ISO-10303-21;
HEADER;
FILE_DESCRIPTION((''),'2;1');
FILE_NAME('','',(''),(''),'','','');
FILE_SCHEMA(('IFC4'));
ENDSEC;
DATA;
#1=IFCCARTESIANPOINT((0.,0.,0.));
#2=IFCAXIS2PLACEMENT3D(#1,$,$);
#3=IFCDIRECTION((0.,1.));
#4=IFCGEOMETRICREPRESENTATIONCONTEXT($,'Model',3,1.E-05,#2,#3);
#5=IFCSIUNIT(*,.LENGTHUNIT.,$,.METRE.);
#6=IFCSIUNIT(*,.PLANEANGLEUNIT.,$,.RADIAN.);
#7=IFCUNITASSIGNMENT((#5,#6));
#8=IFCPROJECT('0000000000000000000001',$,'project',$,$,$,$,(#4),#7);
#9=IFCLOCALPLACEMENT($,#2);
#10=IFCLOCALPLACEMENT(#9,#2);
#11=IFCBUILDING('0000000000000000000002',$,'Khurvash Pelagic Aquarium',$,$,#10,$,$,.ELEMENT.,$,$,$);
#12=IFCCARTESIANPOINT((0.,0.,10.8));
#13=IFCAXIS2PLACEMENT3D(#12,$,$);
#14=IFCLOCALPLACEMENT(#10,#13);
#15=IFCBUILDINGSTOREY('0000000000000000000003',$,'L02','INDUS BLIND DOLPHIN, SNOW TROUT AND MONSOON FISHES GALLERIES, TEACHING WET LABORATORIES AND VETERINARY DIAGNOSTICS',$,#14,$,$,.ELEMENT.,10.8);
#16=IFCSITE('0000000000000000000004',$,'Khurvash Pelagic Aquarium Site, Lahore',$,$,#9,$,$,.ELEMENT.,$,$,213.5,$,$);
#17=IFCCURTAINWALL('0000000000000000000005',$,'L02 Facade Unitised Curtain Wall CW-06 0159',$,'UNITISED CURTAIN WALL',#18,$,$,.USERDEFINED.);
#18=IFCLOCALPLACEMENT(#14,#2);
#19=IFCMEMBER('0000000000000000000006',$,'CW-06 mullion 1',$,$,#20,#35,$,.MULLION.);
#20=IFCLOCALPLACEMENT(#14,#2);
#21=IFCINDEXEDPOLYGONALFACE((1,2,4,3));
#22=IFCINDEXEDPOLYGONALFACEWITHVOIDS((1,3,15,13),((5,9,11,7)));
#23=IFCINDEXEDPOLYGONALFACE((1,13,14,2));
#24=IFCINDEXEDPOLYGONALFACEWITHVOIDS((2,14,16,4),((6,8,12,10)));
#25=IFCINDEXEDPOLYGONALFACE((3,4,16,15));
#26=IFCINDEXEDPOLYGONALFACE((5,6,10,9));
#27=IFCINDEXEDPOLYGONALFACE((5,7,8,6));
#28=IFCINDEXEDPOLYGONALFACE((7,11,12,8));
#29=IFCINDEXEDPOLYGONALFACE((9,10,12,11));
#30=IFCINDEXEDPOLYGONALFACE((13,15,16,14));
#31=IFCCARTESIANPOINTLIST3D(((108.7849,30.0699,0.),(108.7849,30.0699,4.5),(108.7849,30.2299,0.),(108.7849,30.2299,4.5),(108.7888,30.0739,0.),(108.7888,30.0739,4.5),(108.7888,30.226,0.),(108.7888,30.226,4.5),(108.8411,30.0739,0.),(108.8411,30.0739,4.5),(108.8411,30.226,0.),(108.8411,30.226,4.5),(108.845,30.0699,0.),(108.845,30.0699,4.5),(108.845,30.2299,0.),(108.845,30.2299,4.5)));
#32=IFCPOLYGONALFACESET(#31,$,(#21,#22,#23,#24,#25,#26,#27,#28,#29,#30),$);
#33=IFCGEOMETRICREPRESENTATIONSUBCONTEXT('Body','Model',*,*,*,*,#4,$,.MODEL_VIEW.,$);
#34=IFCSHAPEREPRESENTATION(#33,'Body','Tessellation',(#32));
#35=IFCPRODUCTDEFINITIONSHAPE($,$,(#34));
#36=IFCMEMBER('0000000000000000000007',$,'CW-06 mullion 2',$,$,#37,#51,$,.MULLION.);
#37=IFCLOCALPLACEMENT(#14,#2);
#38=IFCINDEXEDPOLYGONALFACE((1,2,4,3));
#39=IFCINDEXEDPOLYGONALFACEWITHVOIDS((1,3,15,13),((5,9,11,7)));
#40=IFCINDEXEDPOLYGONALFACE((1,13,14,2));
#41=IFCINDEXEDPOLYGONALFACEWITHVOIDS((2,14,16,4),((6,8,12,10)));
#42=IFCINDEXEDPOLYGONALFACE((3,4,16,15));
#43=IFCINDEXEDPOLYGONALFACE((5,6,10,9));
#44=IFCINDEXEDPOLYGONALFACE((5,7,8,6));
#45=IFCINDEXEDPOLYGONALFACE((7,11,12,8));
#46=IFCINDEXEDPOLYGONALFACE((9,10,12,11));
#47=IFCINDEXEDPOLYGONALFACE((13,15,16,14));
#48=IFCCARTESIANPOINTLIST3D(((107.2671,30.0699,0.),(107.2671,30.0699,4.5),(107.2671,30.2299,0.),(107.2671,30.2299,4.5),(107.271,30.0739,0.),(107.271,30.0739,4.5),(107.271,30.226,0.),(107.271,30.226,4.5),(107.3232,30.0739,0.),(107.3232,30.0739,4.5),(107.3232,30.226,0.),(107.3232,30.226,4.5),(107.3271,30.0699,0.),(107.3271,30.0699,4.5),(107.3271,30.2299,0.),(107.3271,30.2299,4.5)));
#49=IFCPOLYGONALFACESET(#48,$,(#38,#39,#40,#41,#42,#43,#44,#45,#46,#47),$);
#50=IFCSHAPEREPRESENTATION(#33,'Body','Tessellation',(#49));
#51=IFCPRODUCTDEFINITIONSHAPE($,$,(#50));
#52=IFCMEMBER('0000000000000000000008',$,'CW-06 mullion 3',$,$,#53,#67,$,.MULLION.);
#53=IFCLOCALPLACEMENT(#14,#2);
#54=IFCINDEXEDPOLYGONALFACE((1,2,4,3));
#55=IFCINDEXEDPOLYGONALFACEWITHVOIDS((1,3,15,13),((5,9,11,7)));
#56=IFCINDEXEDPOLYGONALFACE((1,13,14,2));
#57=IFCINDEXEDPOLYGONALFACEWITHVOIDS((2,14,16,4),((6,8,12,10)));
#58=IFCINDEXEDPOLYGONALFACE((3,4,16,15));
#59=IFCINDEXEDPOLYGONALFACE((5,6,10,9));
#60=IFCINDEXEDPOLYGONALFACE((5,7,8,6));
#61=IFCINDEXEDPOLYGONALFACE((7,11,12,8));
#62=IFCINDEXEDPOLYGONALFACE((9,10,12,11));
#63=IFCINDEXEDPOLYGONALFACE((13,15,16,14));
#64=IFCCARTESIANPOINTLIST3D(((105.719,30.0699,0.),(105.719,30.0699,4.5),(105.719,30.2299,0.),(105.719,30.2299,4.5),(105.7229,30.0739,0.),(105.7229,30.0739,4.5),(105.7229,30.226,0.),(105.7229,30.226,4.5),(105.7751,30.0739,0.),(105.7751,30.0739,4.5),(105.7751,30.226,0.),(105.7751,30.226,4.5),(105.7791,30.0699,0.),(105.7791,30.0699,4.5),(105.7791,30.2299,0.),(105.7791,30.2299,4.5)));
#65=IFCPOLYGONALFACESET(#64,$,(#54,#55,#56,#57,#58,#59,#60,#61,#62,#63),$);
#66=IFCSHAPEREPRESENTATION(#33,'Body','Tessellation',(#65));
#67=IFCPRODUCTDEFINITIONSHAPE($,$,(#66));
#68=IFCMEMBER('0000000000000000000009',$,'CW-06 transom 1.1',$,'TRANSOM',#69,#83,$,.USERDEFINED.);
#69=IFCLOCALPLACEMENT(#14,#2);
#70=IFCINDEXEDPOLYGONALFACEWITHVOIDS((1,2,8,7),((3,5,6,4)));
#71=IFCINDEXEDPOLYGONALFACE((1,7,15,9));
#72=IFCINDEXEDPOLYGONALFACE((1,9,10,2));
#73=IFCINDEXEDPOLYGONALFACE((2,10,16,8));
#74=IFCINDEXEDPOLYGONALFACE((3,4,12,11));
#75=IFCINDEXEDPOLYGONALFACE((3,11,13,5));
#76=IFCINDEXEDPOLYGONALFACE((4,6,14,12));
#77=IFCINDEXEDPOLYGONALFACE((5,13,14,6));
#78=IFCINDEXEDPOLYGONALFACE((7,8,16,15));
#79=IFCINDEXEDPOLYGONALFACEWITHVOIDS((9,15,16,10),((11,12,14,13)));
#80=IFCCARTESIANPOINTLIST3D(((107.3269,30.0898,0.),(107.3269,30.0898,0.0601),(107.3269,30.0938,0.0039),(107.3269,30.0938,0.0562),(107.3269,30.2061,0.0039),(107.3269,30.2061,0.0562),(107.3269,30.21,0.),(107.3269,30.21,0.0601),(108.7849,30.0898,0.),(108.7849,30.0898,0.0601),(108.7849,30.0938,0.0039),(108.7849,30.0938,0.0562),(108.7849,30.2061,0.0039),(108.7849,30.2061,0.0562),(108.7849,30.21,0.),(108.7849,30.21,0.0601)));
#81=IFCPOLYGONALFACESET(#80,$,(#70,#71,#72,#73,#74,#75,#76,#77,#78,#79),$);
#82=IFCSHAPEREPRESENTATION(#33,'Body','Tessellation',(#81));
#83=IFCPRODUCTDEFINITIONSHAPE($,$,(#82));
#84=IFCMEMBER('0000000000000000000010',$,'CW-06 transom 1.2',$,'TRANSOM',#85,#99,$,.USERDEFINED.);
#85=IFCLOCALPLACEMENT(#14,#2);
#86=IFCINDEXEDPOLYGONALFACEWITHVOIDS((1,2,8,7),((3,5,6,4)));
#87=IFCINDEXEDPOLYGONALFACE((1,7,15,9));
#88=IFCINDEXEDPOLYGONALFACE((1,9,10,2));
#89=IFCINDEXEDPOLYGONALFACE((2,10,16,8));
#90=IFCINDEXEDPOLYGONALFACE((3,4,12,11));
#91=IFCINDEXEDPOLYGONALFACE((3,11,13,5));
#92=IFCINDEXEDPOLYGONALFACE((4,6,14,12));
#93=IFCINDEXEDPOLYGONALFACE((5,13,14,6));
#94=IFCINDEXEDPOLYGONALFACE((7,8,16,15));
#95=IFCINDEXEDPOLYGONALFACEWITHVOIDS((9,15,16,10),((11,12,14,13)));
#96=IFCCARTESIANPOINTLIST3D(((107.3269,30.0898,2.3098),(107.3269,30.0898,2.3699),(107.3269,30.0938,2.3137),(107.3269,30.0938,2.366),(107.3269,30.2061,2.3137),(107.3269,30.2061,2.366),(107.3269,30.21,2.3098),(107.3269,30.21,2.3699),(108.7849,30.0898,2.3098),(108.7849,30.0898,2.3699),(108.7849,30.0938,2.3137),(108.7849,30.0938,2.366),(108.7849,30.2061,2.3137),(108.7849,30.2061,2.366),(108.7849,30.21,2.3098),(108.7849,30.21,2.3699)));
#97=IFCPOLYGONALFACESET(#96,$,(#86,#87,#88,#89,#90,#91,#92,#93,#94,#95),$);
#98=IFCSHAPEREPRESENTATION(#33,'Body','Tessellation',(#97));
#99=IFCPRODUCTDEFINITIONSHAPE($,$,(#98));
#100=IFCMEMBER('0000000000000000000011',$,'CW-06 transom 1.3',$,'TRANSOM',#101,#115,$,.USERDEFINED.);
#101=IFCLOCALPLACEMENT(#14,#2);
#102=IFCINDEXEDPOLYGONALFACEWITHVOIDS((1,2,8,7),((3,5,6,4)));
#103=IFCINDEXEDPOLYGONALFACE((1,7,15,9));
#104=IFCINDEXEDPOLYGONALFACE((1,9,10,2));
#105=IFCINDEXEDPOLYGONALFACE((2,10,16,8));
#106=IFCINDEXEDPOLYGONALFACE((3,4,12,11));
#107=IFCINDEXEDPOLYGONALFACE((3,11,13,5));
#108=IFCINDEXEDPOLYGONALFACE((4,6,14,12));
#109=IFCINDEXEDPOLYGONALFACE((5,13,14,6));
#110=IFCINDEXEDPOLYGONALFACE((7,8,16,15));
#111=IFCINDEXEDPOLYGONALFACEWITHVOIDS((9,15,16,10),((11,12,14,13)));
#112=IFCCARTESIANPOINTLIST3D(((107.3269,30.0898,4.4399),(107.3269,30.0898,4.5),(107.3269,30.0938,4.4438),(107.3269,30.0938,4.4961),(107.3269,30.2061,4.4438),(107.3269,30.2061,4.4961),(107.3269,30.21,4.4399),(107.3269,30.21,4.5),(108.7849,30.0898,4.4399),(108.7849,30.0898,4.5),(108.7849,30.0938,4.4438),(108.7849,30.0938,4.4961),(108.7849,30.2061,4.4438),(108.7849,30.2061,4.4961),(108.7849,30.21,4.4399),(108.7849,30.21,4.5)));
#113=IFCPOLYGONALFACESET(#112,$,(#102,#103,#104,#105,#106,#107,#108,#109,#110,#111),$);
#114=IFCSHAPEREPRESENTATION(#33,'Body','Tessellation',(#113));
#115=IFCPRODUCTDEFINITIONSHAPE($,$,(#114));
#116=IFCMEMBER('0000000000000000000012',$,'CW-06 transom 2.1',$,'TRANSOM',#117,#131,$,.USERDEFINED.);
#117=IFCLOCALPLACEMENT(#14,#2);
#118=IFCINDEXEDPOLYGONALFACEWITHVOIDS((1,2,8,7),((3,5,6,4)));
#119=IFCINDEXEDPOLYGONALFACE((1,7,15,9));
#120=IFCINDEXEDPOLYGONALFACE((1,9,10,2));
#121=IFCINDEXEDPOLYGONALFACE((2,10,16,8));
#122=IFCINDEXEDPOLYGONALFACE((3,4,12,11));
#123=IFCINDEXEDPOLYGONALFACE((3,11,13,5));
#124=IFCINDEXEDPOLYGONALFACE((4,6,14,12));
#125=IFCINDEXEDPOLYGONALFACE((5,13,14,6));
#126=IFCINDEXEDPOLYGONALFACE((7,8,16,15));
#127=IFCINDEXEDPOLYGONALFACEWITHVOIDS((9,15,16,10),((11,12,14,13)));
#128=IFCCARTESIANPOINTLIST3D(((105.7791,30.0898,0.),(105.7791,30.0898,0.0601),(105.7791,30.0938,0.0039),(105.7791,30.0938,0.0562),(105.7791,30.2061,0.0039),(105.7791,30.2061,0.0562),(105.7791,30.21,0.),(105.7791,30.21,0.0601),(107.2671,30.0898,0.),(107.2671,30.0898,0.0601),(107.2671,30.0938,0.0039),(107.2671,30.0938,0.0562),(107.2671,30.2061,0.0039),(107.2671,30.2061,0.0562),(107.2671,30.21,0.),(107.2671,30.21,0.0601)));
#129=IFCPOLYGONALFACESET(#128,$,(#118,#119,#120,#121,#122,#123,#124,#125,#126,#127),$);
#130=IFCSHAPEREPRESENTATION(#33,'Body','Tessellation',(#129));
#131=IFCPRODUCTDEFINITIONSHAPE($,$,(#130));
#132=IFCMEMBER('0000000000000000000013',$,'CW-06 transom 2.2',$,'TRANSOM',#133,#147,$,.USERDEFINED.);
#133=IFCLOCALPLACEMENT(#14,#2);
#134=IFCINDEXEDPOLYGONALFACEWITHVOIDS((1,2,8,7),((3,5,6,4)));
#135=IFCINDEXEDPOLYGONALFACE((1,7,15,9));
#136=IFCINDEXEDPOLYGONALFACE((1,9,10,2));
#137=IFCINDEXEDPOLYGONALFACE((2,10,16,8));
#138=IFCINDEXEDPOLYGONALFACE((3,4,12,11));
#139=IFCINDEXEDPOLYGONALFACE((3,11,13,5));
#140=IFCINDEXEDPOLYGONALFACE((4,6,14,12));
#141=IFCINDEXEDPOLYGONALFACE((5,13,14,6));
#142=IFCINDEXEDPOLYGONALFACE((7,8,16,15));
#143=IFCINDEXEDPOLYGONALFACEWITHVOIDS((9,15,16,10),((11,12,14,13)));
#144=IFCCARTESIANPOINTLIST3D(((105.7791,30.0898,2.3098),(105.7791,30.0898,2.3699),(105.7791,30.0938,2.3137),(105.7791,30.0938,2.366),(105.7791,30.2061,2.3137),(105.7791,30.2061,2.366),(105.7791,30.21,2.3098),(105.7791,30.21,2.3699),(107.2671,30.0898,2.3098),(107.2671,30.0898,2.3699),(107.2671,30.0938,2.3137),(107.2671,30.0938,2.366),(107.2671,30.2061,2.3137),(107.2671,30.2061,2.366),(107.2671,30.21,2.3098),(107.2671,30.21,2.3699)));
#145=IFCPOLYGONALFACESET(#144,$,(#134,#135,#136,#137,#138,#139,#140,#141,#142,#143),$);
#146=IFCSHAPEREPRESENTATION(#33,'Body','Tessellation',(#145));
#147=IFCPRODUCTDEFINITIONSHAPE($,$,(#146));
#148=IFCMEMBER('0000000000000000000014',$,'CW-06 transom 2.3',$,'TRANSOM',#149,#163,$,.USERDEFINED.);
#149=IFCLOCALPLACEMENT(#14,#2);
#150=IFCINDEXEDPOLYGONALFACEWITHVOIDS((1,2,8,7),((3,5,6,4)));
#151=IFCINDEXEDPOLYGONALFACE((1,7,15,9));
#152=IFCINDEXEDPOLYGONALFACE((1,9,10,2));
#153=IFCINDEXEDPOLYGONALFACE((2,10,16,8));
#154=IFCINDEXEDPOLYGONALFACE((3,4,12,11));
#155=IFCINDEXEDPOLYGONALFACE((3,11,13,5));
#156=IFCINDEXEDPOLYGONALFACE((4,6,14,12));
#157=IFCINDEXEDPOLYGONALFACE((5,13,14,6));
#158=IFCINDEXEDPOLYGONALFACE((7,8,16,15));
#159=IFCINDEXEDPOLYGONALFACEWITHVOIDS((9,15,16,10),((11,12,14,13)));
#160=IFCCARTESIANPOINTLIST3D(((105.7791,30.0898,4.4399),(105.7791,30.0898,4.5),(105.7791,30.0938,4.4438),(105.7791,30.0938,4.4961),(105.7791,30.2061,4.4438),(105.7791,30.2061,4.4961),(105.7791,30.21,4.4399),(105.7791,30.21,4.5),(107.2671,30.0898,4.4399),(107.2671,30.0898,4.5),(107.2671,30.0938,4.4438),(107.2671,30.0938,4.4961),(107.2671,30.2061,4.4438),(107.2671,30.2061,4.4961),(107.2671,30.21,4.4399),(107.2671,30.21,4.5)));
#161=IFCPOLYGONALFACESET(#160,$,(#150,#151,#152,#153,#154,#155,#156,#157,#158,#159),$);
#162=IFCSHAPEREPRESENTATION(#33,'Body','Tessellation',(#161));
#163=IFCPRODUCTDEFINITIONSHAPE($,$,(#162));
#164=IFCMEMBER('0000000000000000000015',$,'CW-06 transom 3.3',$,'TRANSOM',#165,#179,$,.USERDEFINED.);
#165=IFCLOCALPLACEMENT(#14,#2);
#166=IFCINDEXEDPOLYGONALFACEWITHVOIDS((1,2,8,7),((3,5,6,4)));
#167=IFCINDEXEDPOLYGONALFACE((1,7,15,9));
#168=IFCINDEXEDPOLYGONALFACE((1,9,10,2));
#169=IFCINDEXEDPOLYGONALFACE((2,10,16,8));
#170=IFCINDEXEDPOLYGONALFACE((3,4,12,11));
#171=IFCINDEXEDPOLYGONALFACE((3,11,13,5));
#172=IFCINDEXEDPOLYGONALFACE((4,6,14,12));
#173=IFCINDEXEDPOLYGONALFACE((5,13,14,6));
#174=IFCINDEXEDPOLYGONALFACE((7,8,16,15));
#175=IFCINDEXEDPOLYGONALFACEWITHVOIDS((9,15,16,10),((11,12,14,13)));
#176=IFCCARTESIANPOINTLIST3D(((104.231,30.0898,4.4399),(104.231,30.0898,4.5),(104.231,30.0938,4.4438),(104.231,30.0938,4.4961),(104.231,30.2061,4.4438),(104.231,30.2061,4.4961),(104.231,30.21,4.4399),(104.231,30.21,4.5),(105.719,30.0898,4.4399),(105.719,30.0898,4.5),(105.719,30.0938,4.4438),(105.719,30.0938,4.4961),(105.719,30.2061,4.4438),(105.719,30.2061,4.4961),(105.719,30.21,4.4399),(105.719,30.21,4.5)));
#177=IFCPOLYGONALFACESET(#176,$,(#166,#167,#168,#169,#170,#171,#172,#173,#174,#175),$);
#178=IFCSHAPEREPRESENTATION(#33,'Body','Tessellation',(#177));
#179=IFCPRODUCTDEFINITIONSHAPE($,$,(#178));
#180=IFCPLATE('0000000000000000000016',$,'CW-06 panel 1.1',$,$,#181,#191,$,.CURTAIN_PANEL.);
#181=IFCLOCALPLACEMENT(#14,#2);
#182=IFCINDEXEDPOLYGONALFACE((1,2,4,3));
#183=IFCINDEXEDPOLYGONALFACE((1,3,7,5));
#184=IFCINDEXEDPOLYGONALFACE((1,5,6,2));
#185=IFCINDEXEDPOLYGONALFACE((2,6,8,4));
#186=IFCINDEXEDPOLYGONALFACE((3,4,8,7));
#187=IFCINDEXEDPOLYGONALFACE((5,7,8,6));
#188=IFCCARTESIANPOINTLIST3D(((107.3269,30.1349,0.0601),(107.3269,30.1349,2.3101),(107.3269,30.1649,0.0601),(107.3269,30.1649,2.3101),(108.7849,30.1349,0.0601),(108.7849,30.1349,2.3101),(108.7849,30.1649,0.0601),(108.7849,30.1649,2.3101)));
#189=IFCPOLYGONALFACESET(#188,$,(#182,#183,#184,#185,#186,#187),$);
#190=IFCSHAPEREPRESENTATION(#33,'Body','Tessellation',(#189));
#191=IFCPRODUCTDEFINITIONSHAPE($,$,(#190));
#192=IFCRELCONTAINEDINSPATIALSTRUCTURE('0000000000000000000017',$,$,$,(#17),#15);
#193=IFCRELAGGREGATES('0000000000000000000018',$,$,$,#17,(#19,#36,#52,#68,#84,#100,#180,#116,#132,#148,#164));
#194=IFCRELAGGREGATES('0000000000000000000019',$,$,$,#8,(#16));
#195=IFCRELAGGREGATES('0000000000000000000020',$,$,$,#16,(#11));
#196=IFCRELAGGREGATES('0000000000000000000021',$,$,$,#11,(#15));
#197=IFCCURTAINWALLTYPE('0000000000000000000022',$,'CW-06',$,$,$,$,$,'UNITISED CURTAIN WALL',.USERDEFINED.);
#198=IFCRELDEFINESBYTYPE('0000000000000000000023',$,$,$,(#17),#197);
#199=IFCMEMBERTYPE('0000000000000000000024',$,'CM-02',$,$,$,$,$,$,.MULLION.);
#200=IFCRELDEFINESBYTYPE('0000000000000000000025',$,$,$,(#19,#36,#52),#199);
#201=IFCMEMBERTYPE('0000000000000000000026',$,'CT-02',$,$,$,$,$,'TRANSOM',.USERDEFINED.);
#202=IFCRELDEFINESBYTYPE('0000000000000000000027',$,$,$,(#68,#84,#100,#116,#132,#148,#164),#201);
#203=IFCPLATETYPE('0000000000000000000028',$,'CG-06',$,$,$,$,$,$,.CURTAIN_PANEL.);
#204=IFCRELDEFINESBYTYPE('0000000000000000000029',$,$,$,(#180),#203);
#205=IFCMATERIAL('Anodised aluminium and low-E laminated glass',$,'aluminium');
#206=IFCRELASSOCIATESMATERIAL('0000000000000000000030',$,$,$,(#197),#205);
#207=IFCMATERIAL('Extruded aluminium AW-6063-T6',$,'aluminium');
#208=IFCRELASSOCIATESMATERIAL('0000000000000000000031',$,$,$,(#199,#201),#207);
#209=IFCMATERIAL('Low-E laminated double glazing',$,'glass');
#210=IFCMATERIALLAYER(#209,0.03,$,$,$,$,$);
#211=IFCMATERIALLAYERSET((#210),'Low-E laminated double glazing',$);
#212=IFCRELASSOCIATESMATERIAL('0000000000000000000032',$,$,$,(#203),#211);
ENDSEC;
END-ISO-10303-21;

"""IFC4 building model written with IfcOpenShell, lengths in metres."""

from ifc_helpers import new_model, si_unit, direction, frame, origin, origin_2d, place, context, subcontext, project, spatial, rectangle, hollow_rectangle, extrude, material, layer, layer_set, material_profile, profile_set, type_object, element, aggregate, save


model = new_model("IFC4")

# Units and contexts
model_context = context("Model", 3, precision=1e-05, world=origin(), true_north=direction((0.0, 1.0)))
body_context = subcontext(model_context, "Body", "Model", "MODEL_VIEW")
ifc_project = project(units=[si_unit("LENGTHUNIT", "METRE"), si_unit("PLANEANGLEUNIT", "RADIAN")], contexts=[model_context])

# Site, building, storey
site_placement = place(None, origin())
site = spatial("IfcSite", under=ifc_project, at=site_placement, Name="Khurvash Pelagic Aquarium Site, Lahore", CompositionType="ELEMENT", RefElevation=213.5)
building_placement = place(site_placement, origin())
building = spatial("IfcBuilding", under=site, at=building_placement, Name="Khurvash Pelagic Aquarium", CompositionType="ELEMENT")
storey_placement = place(building_placement, frame((0.0, 0.0, 10.8)))
storey = spatial("IfcBuildingStorey", under=building, at=storey_placement, Name="L02", Description="INDUS BLIND DOLPHIN, SNOW TROUT AND MONSOON FISHES GALLERIES, TEACHING WET LABORATORIES AND VETERINARY DIAGNOSTICS", CompositionType="ELEMENT", Elevation=10.8)

# Curtain wall, members, plate
ifc_material_1 = material(Name="Anodised aluminium and low-E laminated glass", Category="aluminium")
curtain_wall_type = type_object("IfcCurtainWallType", Name="CW-06", ElementType="UNITISED CURTAIN WALL", PredefinedType="USERDEFINED", material=ifc_material_1)
curtain_wall_placement = place(storey_placement, origin())
curtain_wall = element("IfcCurtainWall", 1, at=curtain_wall_placement, inside=storey, type_object=curtain_wall_type, Name="L02 Facade Unitised Curtain Wall CW-06 0159", ObjectType="UNITISED CURTAIN WALL", PredefinedType="USERDEFINED")
ifc_material_2 = material(Name="Extruded aluminium AW-6063-T6", Category="aluminium")
ifc_material_profile_1 = material_profile(ifc_material_2, hollow_rectangle(XDim=0.0601, YDim=0.1599, WallThickness=0.0039, at=origin_2d()), Name="CWM60X160X4")
ifc_profile_set_1 = profile_set([ifc_material_profile_1], Name="Extruded aluminium AW-6063-T6")
member_type_1 = type_object("IfcMemberType", Name="CM-02", PredefinedType="MULLION", material=ifc_profile_set_1)
member_1_placement = place(storey_placement, frame((108.8149, 30.1499, 0.0), z_axis=(0.0, 0.0, 1.0), x_axis=(-1.0, 0.0, 0.0)))
member_1 = element("IfcMember", 2, at=member_1_placement, type_object=member_type_1, Name="CW-06 mullion 1", PredefinedType="MULLION", context=body_context, shape_type="SweptSolid", body=[
    extrude(hollow_rectangle(XDim=0.0601, YDim=0.1599, WallThickness=0.0039, at=origin_2d()), origin(), (0.0, 0.0, 1.0), 4.5),
])
member_2_placement = place(storey_placement, frame((107.2971, 30.1499, 0.0), z_axis=(0.0, 0.0, 1.0), x_axis=(-1.0, 0.0, 0.0)))
member_2 = element("IfcMember", 3, at=member_2_placement, type_object=member_type_1, Name="CW-06 mullion 2", PredefinedType="MULLION", context=body_context, shape_type="SweptSolid", body=[
    extrude(hollow_rectangle(XDim=0.0601, YDim=0.1599, WallThickness=0.0039, at=origin_2d()), origin(), (0.0, 0.0, 1.0), 4.5),
])
member_3_placement = place(storey_placement, frame((105.749, 30.1499, 0.0), z_axis=(0.0, 0.0, 1.0), x_axis=(-1.0, 0.0, 0.0)))
member_3 = element("IfcMember", 4, at=member_3_placement, type_object=member_type_1, Name="CW-06 mullion 3", PredefinedType="MULLION", context=body_context, shape_type="SweptSolid", body=[
    extrude(hollow_rectangle(XDim=0.0601, YDim=0.1599, WallThickness=0.0039, at=origin_2d()), origin(), (0.0, 0.0, 1.0), 4.5),
])
ifc_material_profile_2 = material_profile(ifc_material_2, hollow_rectangle(XDim=0.1201, YDim=0.0601, WallThickness=0.0039, at=origin_2d()), Name="CWT120X60X4")
ifc_profile_set_2 = profile_set([ifc_material_profile_2], Name="Extruded aluminium AW-6063-T6")
member_type_2 = type_object("IfcMemberType", Name="CT-02", ElementType="TRANSOM", PredefinedType="USERDEFINED", material=ifc_profile_set_2)
member_4_placement = place(storey_placement, frame((108.7849, 30.1499, 0.03), z_axis=(-1.0, 0.0, 0.0), x_axis=(0.0, -1.0, 0.0)))
member_4 = element("IfcMember", 5, at=member_4_placement, type_object=member_type_2, Name="CW-06 transom 1.1", ObjectType="TRANSOM", PredefinedType="USERDEFINED", context=body_context, shape_type="SweptSolid", body=[
    extrude(hollow_rectangle(XDim=0.1201, YDim=0.0601, WallThickness=0.0039, at=origin_2d()), origin(), (0.0, 0.0, 1.0), 1.458),
])
member_5_placement = place(storey_placement, frame((108.7849, 30.1499, 2.3398), z_axis=(-1.0, 0.0, 0.0), x_axis=(0.0, -1.0, 0.0)))
member_5 = element("IfcMember", 6, at=member_5_placement, type_object=member_type_2, Name="CW-06 transom 1.2", ObjectType="TRANSOM", PredefinedType="USERDEFINED", context=body_context, shape_type="SweptSolid", body=[
    extrude(hollow_rectangle(XDim=0.1201, YDim=0.0601, WallThickness=0.0039, at=origin_2d()), origin(), (0.0, 0.0, 1.0), 1.458),
])
member_6_placement = place(storey_placement, frame((108.7849, 30.1499, 4.47), z_axis=(-1.0, 0.0, 0.0), x_axis=(0.0, -1.0, 0.0)))
member_6 = element("IfcMember", 7, at=member_6_placement, type_object=member_type_2, Name="CW-06 transom 1.3", ObjectType="TRANSOM", PredefinedType="USERDEFINED", context=body_context, shape_type="SweptSolid", body=[
    extrude(hollow_rectangle(XDim=0.1201, YDim=0.0601, WallThickness=0.0039, at=origin_2d()), origin(), (0.0, 0.0, 1.0), 1.458),
])
member_7_placement = place(storey_placement, frame((107.2671, 30.1499, 0.03), z_axis=(-1.0, 0.0, 0.0), x_axis=(0.0, -1.0, 0.0)))
member_7 = element("IfcMember", 8, at=member_7_placement, type_object=member_type_2, Name="CW-06 transom 2.1", ObjectType="TRANSOM", PredefinedType="USERDEFINED", context=body_context, shape_type="SweptSolid", body=[
    extrude(hollow_rectangle(XDim=0.1201, YDim=0.0601, WallThickness=0.0039, at=origin_2d()), origin(), (0.0, 0.0, 1.0), 1.488),
])
member_8_placement = place(storey_placement, frame((107.2671, 30.1499, 2.3398), z_axis=(-1.0, 0.0, 0.0), x_axis=(0.0, -1.0, 0.0)))
member_8 = element("IfcMember", 9, at=member_8_placement, type_object=member_type_2, Name="CW-06 transom 2.2", ObjectType="TRANSOM", PredefinedType="USERDEFINED", context=body_context, shape_type="SweptSolid", body=[
    extrude(hollow_rectangle(XDim=0.1201, YDim=0.0601, WallThickness=0.0039, at=origin_2d()), origin(), (0.0, 0.0, 1.0), 1.488),
])
member_9_placement = place(storey_placement, frame((107.2671, 30.1499, 4.47), z_axis=(-1.0, 0.0, 0.0), x_axis=(0.0, -1.0, 0.0)))
member_9 = element("IfcMember", 10, at=member_9_placement, type_object=member_type_2, Name="CW-06 transom 2.3", ObjectType="TRANSOM", PredefinedType="USERDEFINED", context=body_context, shape_type="SweptSolid", body=[
    extrude(hollow_rectangle(XDim=0.1201, YDim=0.0601, WallThickness=0.0039, at=origin_2d()), origin(), (0.0, 0.0, 1.0), 1.488),
])
member_10_placement = place(storey_placement, frame((105.719, 30.1499, 4.47), z_axis=(-1.0, 0.0, 0.0), x_axis=(0.0, -1.0, 0.0)))
member_10 = element("IfcMember", 11, at=member_10_placement, type_object=member_type_2, Name="CW-06 transom 3.3", ObjectType="TRANSOM", PredefinedType="USERDEFINED", context=body_context, shape_type="SweptSolid", body=[
    extrude(hollow_rectangle(XDim=0.1201, YDim=0.0601, WallThickness=0.0039, at=origin_2d()), origin(), (0.0, 0.0, 1.0), 1.488),
])
ifc_material_3 = material(Name="Low-E laminated double glazing", Category="glass")
ifc_layer_1 = layer(ifc_material_3, 0.03)
ifc_layer_set_1 = layer_set([ifc_layer_1], Name="Low-E laminated double glazing")
plate_type_1 = type_object("IfcPlateType", Name="CG-06", PredefinedType="CURTAIN_PANEL", material=ifc_layer_set_1)
plate_1_placement = place(storey_placement, frame((108.0559, 30.1499, 0.0601), z_axis=(0.0, 0.0, 1.0), x_axis=(-1.0, 0.0, 0.0)))
plate_1 = element("IfcPlate", 12, at=plate_1_placement, type_object=plate_type_1, Name="CW-06 panel 1.1", PredefinedType="CURTAIN_PANEL", context=body_context, shape_type="SweptSolid", body=[
    extrude(rectangle(XDim=1.458, YDim=0.03, at=origin_2d()), origin(), (0.0, 0.0, 1.0), 2.25),
])
aggregate(curtain_wall, [member_1, member_2, member_3, member_4, member_5, member_6, plate_1, member_7, member_8, member_9, member_10])

save(model, "model.ifc")
